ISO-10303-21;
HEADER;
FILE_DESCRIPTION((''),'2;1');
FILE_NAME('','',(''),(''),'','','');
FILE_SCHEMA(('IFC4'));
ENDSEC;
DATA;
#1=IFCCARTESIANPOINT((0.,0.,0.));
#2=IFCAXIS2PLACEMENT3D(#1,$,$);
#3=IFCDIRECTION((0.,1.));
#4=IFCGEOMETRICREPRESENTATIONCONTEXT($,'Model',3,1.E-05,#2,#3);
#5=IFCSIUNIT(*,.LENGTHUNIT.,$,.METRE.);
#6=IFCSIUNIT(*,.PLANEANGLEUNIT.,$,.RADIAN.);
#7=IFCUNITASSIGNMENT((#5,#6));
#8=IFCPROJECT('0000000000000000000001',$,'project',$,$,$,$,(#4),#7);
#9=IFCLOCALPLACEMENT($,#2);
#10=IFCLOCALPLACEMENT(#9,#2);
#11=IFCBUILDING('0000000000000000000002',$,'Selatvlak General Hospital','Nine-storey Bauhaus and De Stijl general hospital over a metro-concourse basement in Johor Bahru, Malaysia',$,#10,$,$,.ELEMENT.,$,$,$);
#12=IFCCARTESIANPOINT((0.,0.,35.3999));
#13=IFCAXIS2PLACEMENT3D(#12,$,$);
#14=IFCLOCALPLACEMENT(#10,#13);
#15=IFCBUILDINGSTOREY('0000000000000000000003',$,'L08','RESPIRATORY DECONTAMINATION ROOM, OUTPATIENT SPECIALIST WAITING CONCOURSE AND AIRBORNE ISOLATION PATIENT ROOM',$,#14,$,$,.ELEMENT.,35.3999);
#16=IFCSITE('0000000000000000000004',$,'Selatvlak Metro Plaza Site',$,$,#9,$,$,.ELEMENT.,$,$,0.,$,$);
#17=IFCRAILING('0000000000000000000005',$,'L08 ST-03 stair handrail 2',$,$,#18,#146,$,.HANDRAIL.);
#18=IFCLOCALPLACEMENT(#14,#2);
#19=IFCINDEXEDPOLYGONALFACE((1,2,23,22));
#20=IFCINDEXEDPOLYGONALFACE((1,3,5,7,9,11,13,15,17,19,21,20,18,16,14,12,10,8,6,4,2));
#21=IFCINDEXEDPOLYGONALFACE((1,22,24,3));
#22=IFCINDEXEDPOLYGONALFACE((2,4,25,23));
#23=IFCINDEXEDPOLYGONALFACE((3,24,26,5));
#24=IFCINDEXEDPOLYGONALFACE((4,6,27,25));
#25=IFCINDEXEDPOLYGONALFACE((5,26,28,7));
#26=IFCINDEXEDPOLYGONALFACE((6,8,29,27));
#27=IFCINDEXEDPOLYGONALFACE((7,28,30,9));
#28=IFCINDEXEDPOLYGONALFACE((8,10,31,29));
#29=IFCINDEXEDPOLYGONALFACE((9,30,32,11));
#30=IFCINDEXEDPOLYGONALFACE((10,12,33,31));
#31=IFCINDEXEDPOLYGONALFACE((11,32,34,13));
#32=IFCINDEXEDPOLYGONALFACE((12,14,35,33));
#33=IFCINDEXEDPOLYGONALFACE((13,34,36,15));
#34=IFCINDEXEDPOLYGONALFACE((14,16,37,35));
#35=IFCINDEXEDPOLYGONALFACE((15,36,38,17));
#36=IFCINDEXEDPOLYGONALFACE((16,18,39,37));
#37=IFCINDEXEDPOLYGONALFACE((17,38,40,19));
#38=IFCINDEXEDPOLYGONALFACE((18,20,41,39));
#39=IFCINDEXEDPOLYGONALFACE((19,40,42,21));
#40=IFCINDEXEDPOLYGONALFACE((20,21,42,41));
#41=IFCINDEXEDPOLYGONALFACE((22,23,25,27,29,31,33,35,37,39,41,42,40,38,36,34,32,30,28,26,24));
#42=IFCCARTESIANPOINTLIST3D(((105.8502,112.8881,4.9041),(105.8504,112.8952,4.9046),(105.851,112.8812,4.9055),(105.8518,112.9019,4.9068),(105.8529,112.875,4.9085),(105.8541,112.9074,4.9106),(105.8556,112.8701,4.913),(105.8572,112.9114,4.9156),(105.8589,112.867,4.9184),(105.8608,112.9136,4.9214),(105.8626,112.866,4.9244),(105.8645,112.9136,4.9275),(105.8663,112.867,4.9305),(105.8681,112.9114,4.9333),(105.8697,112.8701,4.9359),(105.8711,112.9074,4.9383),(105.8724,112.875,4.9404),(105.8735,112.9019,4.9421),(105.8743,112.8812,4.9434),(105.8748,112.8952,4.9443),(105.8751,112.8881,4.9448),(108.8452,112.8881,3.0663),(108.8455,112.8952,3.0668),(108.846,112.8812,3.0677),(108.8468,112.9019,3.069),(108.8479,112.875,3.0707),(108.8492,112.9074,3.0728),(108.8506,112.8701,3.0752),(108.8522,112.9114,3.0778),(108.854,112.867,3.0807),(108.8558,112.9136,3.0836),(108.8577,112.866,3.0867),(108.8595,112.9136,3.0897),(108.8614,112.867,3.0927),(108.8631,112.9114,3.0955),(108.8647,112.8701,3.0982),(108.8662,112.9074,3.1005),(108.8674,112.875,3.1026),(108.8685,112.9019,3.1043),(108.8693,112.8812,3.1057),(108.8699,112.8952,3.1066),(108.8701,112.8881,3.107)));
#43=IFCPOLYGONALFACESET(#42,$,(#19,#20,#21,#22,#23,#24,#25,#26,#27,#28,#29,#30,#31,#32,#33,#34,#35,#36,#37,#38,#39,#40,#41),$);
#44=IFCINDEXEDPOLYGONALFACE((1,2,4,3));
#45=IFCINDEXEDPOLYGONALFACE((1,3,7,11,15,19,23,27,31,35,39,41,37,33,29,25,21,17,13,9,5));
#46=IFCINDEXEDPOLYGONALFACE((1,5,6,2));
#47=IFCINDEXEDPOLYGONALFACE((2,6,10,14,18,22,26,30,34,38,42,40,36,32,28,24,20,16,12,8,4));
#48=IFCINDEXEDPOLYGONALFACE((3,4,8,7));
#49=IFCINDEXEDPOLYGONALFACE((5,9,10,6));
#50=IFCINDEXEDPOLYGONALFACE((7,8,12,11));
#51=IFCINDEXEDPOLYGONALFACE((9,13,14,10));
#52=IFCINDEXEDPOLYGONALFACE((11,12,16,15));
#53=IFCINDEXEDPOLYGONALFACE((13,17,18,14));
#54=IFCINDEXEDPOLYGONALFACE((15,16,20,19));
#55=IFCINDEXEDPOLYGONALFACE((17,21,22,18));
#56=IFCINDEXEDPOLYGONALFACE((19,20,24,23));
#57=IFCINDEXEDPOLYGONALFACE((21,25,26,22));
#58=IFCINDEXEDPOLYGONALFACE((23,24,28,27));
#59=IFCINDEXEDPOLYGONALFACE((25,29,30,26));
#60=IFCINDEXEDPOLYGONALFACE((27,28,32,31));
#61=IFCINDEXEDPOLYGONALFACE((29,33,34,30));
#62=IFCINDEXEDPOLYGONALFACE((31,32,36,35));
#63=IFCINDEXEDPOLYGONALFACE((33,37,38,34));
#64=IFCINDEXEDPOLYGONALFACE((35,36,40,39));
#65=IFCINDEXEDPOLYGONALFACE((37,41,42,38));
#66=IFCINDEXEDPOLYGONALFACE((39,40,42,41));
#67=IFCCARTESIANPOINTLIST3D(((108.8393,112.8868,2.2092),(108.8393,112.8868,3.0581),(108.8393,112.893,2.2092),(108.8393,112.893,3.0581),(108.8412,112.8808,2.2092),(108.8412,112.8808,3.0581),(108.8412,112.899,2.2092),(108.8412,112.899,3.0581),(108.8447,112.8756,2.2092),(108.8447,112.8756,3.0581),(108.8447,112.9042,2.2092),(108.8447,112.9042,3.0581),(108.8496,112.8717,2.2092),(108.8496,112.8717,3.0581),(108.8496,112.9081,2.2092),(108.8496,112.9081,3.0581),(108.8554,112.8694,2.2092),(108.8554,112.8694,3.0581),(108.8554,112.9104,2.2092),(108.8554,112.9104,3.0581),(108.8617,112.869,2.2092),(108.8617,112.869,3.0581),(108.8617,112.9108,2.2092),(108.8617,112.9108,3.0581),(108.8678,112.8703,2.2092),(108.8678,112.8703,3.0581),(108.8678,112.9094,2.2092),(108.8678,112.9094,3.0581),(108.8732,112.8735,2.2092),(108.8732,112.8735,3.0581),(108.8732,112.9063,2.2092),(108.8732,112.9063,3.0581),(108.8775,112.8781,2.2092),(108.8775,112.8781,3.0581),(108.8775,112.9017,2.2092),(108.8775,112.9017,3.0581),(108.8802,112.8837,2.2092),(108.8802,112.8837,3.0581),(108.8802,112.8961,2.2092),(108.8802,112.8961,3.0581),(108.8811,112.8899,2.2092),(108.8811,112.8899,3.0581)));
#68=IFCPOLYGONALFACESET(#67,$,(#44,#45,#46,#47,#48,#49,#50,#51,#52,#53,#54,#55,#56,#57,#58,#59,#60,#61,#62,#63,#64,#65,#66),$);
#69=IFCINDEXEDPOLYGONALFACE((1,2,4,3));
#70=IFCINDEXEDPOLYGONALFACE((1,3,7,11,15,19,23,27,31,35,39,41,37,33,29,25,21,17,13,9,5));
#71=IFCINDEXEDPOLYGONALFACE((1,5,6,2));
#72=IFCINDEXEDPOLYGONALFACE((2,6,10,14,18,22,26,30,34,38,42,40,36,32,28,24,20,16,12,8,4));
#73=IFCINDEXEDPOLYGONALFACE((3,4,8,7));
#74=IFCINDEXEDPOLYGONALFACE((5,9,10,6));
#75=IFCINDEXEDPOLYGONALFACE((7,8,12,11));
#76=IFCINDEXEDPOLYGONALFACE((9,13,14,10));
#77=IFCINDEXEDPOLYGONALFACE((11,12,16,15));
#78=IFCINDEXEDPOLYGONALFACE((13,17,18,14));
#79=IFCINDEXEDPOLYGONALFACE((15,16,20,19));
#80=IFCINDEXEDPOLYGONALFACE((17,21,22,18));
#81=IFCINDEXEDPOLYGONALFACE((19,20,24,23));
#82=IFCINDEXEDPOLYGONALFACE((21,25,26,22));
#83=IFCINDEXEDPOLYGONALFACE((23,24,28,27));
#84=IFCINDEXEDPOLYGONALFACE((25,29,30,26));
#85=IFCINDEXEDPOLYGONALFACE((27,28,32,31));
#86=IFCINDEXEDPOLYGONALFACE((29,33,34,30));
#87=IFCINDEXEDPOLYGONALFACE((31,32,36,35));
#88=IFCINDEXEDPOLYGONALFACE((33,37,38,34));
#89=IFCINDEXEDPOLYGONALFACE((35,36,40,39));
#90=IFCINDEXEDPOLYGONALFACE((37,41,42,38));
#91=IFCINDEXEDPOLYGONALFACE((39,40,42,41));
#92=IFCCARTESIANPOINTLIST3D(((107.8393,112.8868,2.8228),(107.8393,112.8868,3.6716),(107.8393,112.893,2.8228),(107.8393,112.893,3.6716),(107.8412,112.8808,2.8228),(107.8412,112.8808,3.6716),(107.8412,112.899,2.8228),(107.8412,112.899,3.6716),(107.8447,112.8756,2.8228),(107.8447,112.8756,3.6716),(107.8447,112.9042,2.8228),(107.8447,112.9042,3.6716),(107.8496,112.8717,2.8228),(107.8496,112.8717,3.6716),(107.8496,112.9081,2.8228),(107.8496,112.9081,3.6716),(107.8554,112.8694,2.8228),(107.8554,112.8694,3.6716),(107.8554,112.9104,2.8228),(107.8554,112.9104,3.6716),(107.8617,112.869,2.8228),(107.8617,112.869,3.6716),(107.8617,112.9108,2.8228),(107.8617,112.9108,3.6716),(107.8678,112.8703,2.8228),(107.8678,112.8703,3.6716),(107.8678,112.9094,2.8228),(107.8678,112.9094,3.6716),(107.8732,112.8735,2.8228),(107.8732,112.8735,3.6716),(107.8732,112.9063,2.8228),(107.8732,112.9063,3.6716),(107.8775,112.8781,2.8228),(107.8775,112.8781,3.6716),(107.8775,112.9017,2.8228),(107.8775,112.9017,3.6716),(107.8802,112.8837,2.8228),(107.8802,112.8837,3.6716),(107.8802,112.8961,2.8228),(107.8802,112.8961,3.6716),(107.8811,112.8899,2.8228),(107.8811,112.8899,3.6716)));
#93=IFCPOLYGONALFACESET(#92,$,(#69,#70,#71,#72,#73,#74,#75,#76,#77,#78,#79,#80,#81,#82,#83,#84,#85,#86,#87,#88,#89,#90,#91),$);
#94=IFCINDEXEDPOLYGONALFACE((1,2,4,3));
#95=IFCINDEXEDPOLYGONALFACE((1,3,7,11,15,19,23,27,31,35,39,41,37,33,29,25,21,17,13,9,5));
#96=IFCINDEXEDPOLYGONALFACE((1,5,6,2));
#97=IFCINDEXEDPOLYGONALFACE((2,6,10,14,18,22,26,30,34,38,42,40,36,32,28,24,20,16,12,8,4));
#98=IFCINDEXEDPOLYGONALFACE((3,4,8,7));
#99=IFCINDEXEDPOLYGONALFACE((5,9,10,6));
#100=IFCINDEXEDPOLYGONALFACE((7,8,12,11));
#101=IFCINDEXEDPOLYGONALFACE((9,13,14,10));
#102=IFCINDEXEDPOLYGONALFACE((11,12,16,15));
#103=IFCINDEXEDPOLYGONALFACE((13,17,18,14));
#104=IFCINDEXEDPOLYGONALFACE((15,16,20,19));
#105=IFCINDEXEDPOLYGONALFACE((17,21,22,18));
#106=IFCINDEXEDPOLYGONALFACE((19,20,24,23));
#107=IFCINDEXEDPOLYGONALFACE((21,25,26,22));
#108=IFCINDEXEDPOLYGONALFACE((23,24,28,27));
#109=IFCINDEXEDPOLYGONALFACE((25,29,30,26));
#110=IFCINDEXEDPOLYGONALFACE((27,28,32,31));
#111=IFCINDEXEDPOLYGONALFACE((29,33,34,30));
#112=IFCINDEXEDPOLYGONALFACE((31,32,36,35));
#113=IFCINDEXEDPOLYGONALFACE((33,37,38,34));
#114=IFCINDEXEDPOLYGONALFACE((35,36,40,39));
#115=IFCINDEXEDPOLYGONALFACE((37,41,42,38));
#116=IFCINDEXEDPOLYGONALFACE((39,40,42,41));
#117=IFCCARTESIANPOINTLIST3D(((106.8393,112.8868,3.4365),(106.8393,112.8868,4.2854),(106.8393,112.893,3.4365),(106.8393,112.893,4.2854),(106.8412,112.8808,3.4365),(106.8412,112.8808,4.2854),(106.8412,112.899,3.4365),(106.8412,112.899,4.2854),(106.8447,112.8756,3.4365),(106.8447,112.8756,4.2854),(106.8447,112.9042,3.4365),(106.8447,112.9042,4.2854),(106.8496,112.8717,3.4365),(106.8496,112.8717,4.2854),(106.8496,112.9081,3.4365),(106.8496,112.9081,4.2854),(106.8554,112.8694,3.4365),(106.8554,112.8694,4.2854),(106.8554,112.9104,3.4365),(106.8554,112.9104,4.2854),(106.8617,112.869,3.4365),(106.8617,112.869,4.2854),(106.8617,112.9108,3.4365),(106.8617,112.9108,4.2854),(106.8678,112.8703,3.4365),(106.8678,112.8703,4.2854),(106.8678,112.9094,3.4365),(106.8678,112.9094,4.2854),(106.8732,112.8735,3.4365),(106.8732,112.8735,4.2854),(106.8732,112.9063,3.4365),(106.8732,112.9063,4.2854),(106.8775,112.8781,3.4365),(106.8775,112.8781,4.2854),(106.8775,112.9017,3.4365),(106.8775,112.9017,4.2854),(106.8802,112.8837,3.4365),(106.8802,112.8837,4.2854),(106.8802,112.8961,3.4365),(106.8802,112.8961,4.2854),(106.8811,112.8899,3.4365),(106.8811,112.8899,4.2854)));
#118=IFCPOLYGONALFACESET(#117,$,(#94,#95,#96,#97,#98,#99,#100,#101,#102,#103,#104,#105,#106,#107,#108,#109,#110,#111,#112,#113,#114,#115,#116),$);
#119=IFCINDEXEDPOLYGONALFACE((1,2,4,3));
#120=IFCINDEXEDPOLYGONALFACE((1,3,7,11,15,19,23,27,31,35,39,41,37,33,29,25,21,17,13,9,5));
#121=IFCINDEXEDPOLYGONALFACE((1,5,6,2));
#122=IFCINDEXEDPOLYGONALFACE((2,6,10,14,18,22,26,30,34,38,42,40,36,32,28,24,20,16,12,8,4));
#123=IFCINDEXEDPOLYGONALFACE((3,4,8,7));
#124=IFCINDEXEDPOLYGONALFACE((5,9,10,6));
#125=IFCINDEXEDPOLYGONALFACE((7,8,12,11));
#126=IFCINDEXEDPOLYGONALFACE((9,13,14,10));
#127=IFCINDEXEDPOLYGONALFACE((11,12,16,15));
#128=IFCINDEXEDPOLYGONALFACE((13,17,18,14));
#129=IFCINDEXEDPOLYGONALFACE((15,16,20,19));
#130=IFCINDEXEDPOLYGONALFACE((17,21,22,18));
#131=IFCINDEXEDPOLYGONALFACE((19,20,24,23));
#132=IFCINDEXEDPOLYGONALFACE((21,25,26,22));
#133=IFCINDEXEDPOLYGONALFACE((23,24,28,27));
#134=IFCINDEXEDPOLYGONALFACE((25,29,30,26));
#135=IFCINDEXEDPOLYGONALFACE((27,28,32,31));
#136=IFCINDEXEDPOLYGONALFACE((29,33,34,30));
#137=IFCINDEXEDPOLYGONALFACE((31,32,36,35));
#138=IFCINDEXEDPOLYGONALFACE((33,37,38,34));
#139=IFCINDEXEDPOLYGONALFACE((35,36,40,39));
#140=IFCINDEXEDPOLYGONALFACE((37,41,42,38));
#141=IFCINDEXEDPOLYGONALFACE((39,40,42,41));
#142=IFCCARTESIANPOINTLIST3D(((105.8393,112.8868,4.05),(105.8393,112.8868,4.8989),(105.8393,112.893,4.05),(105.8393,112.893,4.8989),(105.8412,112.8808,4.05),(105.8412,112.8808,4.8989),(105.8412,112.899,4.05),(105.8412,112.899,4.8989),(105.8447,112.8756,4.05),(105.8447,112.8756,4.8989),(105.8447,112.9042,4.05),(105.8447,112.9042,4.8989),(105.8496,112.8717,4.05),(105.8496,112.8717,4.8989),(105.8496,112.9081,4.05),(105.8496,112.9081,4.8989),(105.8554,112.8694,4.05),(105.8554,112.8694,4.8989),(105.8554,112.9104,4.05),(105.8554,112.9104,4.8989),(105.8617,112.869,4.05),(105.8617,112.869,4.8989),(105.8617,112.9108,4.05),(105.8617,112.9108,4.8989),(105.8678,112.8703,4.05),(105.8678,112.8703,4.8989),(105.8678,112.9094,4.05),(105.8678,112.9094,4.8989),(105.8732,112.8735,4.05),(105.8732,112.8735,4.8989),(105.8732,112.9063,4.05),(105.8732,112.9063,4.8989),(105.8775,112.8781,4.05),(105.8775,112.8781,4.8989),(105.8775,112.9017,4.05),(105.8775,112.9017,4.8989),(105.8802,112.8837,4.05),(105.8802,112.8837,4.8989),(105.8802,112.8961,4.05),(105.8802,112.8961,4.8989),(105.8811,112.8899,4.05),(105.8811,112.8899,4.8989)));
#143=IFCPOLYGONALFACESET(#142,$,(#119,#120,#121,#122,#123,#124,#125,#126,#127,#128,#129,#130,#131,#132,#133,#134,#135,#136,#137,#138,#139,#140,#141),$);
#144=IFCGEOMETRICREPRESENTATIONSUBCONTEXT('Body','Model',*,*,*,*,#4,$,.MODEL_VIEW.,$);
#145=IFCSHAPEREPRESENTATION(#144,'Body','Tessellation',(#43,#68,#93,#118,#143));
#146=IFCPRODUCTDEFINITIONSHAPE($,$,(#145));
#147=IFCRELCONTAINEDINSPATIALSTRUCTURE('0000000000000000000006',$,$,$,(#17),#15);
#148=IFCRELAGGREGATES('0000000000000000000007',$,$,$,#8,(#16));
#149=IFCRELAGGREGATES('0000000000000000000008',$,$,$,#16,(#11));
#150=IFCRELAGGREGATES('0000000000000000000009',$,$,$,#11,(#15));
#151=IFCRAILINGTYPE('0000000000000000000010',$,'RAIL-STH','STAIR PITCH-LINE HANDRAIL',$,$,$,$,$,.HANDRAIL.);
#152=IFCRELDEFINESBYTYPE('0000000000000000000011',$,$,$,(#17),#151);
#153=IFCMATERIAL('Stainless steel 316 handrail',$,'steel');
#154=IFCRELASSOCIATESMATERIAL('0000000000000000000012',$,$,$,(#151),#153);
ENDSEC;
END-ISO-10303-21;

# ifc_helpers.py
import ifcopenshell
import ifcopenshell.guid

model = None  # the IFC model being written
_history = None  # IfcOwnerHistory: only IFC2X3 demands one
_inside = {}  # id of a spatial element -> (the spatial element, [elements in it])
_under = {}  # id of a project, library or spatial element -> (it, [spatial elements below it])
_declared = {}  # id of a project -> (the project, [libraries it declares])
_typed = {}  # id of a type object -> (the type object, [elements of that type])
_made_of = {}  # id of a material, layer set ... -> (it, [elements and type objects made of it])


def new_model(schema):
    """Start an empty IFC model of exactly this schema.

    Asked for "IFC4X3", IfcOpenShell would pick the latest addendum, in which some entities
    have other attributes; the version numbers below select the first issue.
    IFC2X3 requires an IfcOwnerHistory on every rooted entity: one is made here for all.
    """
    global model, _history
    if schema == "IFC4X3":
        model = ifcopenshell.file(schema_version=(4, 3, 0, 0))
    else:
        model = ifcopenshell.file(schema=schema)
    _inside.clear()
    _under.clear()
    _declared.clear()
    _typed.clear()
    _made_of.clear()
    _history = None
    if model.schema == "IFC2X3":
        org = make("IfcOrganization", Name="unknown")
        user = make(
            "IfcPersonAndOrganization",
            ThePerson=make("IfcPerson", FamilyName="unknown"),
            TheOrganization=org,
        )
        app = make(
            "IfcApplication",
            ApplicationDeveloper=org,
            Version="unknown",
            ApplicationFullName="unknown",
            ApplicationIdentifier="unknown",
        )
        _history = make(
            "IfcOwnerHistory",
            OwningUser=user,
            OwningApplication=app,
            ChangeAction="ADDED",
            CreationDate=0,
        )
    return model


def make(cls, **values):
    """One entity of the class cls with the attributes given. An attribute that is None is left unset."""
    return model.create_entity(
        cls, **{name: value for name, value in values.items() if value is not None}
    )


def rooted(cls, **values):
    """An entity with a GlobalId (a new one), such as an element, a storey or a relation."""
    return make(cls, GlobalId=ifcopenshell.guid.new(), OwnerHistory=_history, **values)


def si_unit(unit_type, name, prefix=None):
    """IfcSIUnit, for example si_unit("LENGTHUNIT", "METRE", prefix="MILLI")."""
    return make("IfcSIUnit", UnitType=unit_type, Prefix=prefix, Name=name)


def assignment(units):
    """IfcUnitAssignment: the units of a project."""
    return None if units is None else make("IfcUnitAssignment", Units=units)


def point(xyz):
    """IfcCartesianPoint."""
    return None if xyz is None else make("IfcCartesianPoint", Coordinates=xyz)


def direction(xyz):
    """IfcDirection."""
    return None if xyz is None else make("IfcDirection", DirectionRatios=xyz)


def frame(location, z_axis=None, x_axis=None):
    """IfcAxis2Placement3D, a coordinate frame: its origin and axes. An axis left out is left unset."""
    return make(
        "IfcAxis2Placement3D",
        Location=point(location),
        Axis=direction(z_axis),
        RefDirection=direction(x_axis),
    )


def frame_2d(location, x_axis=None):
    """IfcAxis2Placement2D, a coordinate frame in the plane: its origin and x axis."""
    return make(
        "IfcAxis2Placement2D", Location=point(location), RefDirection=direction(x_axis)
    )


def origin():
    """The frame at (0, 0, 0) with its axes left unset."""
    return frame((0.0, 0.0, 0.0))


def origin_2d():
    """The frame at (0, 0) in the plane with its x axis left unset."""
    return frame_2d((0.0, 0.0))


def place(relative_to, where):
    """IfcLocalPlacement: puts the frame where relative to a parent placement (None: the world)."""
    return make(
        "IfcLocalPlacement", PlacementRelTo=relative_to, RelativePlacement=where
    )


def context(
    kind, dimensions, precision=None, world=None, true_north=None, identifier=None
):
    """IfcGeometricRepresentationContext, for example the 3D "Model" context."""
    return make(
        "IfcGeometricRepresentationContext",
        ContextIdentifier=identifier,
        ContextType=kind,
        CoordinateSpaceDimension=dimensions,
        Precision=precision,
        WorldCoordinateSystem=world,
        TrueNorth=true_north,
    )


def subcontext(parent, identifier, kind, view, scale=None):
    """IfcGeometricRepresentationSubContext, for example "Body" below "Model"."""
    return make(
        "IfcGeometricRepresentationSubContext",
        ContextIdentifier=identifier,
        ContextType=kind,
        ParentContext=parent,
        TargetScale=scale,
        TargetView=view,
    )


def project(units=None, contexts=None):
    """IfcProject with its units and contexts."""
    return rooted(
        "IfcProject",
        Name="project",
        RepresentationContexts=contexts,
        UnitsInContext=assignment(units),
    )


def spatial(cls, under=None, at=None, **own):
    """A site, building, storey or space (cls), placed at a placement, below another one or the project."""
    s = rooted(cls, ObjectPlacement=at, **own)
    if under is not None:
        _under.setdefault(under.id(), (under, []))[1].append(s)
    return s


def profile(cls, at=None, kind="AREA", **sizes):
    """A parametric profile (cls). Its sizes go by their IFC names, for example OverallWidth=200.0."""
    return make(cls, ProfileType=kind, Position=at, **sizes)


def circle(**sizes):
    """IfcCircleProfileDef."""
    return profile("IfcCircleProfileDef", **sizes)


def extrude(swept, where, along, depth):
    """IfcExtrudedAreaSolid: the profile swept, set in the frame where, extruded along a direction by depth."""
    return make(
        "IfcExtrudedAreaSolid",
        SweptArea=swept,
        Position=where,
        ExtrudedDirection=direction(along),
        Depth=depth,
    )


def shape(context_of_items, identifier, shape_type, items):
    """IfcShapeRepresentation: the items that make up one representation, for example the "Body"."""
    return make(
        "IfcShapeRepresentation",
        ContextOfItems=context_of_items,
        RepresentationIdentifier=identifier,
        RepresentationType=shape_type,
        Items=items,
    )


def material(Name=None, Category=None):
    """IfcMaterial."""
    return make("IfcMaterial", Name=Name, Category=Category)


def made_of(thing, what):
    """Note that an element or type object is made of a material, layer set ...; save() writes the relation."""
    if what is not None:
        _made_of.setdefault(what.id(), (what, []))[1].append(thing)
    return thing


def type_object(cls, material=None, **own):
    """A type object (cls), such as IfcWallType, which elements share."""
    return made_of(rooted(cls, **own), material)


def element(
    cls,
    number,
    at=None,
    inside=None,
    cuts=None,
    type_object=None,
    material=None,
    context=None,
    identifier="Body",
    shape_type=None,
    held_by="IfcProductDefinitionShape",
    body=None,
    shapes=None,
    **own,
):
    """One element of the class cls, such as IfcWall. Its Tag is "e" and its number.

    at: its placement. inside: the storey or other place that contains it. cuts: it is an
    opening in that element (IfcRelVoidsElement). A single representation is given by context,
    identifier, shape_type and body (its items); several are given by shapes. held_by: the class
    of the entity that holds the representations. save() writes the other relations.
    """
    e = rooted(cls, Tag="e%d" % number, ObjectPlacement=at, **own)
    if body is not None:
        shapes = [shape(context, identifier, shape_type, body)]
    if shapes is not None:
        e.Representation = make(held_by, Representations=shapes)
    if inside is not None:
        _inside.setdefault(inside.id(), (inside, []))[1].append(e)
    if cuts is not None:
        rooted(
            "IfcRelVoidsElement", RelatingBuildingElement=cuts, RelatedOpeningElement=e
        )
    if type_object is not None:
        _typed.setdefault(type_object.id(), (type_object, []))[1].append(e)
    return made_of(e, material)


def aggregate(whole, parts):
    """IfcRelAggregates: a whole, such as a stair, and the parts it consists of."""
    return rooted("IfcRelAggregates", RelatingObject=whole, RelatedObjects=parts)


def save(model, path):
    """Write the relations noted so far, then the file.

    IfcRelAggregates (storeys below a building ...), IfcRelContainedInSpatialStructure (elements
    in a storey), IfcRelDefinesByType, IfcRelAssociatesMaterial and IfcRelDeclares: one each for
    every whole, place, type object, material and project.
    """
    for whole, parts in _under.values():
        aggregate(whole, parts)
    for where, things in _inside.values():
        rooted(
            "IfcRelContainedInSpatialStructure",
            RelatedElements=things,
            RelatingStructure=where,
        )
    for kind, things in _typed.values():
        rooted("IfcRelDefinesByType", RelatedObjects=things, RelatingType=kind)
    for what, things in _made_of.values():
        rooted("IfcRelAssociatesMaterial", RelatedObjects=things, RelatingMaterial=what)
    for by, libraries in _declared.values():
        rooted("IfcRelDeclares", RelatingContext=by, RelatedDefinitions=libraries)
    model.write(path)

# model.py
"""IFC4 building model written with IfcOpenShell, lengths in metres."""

from ifc_helpers import new_model, si_unit, direction, frame, origin, origin_2d, place, context, subcontext, project, spatial, circle, extrude, material, type_object, element, save


model = new_model("IFC4")

# Units and contexts
model_context = context("Model", 3, precision=1e-05, world=origin(), true_north=direction((0.0, 1.0)))
body_context = subcontext(model_context, "Body", "Model", "MODEL_VIEW")
ifc_project = project(units=[si_unit("LENGTHUNIT", "METRE"), si_unit("PLANEANGLEUNIT", "RADIAN")], contexts=[model_context])

# Site, building, storey
site_placement = place(None, origin())
site = spatial("IfcSite", under=ifc_project, at=site_placement, Name="Selatvlak Metro Plaza Site", CompositionType="ELEMENT", RefElevation=0.0)
building_placement = place(site_placement, origin())
building = spatial("IfcBuilding", under=site, at=building_placement, Name="Selatvlak General Hospital", Description="Nine-storey Bauhaus and De Stijl general hospital over a metro-concourse basement in Johor Bahru, Malaysia", CompositionType="ELEMENT")
storey_placement = place(building_placement, frame((0.0, 0.0, 35.3999)))
storey = spatial("IfcBuildingStorey", under=building, at=storey_placement, Name="L08", Description="RESPIRATORY DECONTAMINATION ROOM, OUTPATIENT SPECIALIST WAITING CONCOURSE AND AIRBORNE ISOLATION PATIENT ROOM", CompositionType="ELEMENT", Elevation=35.3999)

# Railing
ifc_material_1 = material(Name="Stainless steel 316 handrail", Category="steel")
railing_type = type_object("IfcRailingType", Name="RAIL-STH", Description="STAIR PITCH-LINE HANDRAIL", PredefinedType="HANDRAIL", material=ifc_material_1)
railing_placement = place(storey_placement, frame((108.8601, 112.8899, 2.2092)))
element("IfcRailing", 1, at=railing_placement, inside=storey, type_object=railing_type, Name="L08 ST-03 stair handrail 2", PredefinedType="HANDRAIL", context=body_context, shape_type="SweptSolid", body=[
    extrude(circle(Radius=0.0239, at=origin_2d()), frame((-0.0024, 0.0, 0.8774), z_axis=(-0.852334, 0.0, 0.522998), x_axis=(0.0, -1.0, 0.0)), (0.0, 0.0, 1.0), 3.5139),
    extrude(circle(Radius=0.021, at=origin_2d()), origin(), (0.0, 0.0, 1.0), 0.8489),
    extrude(circle(Radius=0.021, at=origin_2d()), frame((-1.0, 0.0, 0.6135)), (0.0, 0.0, 1.0), 0.8489),
    extrude(circle(Radius=0.021, at=origin_2d()), frame((-2.0, 0.0, 1.2273)), (0.0, 0.0, 1.0), 0.8489),
    extrude(circle(Radius=0.021, at=origin_2d()), frame((-3.0, 0.0, 1.8408)), (0.0, 0.0, 1.0), 0.8489),
])

save(model, "model.ifc")
